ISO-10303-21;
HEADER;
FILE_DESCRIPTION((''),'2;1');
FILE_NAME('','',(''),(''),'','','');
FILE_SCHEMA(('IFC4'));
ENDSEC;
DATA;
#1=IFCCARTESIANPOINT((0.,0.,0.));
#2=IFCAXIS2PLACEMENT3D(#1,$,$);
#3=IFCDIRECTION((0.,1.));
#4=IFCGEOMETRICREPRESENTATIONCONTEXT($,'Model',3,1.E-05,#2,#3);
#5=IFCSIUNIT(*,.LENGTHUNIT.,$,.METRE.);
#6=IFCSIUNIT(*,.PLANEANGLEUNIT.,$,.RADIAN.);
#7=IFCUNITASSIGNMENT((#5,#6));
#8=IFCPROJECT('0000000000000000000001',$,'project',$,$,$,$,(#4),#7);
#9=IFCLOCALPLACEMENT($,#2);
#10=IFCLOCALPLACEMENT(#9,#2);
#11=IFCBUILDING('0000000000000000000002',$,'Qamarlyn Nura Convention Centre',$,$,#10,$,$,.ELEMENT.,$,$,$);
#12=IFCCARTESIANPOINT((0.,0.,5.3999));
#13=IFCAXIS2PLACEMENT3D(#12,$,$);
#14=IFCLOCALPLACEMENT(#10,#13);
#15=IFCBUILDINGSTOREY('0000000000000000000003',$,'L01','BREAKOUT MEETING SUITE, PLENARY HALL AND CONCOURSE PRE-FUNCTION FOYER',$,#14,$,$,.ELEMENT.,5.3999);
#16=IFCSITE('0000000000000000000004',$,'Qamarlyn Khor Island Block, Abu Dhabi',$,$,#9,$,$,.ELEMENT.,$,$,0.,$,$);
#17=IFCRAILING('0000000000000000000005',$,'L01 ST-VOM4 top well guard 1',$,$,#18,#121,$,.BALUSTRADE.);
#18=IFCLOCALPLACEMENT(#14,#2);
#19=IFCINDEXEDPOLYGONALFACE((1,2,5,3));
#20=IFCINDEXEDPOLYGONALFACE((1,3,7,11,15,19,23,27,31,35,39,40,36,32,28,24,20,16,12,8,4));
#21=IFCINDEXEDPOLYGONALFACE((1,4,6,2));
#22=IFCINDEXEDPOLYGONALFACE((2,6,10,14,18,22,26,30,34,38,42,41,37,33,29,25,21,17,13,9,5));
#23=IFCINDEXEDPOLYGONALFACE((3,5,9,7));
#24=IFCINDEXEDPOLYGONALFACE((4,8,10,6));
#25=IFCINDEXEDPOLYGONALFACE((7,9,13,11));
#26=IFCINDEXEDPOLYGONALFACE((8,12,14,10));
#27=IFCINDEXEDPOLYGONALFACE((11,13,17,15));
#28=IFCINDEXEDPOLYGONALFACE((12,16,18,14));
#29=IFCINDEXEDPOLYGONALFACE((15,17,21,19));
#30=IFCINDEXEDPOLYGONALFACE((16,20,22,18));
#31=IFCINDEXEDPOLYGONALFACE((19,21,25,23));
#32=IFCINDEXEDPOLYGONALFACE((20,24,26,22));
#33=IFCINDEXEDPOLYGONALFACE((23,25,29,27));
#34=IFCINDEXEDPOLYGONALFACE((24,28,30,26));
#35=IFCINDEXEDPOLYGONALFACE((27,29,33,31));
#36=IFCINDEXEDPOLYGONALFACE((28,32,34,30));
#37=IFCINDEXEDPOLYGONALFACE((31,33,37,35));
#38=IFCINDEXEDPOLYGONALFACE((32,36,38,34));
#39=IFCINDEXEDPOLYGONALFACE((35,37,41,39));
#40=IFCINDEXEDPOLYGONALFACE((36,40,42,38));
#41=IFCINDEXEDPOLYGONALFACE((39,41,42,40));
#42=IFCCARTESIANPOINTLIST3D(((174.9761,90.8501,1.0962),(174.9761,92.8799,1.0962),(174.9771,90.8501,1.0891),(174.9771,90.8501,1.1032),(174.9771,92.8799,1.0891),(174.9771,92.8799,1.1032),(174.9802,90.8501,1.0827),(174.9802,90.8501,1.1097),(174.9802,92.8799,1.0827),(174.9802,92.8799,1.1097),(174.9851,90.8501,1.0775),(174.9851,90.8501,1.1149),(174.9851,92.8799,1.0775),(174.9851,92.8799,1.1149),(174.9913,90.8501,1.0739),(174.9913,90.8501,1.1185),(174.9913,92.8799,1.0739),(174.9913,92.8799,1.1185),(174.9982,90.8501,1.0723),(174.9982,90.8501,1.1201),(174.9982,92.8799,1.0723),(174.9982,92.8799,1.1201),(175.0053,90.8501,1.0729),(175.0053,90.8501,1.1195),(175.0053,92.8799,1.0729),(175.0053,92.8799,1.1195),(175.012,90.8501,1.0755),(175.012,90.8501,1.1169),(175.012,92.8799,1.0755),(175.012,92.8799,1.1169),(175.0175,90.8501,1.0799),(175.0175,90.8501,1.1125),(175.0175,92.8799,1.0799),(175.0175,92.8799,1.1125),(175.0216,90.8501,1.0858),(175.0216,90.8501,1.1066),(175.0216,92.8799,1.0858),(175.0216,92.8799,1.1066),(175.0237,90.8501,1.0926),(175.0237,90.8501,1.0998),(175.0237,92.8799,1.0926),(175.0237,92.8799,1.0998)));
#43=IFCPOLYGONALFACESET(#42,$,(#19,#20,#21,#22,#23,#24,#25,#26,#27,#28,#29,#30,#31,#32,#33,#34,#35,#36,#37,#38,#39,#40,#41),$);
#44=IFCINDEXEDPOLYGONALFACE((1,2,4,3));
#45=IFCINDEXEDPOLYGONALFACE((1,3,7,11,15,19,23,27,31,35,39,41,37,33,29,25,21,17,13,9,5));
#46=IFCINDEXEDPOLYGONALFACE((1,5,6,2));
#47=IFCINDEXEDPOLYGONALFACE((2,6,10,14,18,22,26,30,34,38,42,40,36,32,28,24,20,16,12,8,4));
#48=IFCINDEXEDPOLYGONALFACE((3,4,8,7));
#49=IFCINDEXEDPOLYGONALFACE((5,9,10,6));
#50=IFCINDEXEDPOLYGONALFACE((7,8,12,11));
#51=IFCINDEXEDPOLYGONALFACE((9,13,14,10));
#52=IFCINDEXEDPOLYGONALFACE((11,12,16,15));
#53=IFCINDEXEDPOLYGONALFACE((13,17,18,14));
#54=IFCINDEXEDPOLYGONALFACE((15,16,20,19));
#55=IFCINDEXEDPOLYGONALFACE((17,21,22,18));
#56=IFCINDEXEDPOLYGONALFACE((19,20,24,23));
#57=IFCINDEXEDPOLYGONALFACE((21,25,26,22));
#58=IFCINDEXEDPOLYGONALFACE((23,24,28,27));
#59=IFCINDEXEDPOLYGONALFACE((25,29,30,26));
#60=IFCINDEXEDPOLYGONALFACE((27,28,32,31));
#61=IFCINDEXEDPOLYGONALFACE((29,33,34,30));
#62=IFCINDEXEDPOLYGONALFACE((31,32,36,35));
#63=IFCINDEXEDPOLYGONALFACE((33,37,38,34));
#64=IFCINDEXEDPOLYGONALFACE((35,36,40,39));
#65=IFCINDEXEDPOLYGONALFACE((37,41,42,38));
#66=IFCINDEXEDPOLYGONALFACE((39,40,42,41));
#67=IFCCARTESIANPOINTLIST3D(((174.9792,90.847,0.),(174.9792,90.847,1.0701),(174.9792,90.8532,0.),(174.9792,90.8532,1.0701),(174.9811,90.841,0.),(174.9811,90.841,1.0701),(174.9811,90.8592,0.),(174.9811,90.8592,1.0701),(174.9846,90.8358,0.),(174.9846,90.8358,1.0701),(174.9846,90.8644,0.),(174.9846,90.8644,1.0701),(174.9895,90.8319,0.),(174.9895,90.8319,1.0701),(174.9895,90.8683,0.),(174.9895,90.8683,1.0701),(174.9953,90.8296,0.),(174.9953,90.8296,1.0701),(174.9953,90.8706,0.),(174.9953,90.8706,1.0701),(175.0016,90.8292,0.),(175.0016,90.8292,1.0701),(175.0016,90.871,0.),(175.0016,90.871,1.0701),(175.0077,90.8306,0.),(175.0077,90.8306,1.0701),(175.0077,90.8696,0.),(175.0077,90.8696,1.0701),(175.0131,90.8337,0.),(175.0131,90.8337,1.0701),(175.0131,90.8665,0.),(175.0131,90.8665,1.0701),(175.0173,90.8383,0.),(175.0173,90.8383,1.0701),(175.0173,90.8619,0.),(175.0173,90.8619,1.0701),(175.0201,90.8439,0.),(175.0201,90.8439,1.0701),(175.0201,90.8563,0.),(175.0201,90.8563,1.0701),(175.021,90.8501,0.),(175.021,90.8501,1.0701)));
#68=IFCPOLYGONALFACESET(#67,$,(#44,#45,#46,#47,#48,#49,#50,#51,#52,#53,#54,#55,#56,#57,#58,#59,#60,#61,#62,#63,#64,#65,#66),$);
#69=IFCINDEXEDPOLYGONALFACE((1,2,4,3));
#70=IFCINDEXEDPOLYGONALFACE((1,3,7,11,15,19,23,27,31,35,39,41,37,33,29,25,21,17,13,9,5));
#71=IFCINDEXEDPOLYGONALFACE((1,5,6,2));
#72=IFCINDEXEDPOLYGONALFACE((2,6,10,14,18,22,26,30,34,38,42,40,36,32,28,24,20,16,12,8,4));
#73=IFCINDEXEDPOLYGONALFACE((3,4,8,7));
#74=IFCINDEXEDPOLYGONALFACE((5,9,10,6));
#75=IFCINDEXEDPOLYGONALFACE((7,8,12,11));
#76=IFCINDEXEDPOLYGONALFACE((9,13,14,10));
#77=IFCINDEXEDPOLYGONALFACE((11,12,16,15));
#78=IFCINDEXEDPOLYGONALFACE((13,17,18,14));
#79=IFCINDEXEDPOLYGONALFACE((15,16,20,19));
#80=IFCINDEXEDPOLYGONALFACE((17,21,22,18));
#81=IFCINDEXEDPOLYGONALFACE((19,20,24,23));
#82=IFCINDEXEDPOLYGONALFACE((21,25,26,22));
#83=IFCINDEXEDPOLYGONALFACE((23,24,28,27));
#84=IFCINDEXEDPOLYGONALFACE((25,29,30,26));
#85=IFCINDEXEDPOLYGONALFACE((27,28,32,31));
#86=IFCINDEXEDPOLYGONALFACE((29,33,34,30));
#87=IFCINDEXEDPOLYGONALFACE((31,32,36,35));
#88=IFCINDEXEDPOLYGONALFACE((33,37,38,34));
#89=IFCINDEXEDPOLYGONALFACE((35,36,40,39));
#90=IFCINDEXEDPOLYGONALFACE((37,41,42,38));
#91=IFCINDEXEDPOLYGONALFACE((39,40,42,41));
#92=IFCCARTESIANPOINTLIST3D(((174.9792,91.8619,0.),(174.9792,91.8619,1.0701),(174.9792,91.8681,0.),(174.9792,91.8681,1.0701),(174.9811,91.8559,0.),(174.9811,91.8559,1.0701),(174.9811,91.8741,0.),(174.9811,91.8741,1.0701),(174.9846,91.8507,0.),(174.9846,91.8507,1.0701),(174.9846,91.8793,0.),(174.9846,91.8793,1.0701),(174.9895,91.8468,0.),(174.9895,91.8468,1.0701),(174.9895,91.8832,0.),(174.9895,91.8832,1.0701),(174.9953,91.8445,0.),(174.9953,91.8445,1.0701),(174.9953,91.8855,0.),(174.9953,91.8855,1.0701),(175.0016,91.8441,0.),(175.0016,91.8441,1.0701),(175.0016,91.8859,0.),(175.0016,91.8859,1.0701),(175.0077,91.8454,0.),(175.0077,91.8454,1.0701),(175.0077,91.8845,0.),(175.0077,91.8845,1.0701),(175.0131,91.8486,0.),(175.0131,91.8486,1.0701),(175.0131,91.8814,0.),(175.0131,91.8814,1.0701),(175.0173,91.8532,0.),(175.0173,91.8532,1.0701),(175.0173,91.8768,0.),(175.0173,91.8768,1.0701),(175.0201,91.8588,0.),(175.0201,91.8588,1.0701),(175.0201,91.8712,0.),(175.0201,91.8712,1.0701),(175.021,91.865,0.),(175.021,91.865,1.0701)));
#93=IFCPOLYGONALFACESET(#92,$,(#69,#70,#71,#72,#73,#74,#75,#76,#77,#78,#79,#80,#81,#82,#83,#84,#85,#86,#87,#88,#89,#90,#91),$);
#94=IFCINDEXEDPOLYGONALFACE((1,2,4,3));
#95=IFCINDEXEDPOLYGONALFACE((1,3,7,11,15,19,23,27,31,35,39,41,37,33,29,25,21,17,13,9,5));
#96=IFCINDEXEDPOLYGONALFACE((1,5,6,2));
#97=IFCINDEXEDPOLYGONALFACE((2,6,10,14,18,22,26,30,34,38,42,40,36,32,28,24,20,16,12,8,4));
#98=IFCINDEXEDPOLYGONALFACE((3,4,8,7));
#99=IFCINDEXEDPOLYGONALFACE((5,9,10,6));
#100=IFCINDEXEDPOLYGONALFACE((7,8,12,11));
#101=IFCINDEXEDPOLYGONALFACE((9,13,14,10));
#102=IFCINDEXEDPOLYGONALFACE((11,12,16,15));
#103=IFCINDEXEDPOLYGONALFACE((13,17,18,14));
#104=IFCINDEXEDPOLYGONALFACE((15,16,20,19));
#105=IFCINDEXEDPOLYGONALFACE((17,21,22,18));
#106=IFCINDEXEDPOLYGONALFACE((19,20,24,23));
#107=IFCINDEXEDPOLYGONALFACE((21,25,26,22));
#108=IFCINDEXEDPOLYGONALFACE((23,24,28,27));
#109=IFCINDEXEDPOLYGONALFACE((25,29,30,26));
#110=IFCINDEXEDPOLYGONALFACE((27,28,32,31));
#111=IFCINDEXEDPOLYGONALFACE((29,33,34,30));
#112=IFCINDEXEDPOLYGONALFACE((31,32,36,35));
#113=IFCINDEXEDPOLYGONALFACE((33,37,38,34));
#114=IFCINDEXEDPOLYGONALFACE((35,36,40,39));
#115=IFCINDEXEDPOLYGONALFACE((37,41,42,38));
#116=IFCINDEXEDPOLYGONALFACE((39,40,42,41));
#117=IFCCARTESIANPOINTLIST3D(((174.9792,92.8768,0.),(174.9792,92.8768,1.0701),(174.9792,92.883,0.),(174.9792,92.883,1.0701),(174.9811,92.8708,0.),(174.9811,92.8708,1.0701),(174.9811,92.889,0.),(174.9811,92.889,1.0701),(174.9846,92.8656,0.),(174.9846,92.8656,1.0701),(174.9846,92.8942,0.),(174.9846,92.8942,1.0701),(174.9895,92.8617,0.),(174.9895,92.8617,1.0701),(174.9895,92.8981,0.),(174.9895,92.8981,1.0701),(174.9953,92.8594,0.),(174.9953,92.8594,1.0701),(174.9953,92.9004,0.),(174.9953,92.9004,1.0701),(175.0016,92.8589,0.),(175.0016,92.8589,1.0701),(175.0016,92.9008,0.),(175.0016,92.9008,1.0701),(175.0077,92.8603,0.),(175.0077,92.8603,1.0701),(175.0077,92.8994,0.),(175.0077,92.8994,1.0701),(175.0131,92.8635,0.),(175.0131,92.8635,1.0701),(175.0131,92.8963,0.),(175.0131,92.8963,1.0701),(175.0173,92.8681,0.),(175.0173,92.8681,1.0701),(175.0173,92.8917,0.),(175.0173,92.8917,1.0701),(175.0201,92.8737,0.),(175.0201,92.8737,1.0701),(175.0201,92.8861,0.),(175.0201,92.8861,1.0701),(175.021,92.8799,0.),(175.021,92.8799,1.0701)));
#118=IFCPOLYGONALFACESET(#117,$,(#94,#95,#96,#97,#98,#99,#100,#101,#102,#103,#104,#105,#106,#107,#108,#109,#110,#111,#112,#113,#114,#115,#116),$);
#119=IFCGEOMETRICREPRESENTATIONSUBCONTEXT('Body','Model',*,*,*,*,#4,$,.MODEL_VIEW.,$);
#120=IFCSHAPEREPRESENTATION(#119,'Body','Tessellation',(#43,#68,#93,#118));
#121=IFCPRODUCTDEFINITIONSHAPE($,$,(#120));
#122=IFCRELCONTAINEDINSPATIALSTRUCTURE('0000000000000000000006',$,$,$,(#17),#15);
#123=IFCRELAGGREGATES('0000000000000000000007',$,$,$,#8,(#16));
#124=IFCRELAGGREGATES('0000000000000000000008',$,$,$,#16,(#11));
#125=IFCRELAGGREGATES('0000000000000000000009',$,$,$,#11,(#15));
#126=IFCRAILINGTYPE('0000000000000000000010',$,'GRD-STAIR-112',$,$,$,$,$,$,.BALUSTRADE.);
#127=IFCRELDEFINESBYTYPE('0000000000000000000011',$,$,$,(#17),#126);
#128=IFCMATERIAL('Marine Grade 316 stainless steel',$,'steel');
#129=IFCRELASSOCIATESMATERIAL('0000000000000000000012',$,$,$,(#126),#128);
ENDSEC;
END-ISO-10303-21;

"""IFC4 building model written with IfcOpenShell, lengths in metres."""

from ifc_helpers import new_model, si_unit, direction, frame, origin, origin_2d, place, context, subcontext, project, spatial, circle, extrude, material, type_object, element, save


model = new_model("IFC4")

# Units and contexts
model_context = context("Model", 3, precision=1e-05, world=origin(), true_north=direction((0.0, 1.0)))
body_context = subcontext(model_context, "Body", "Model", "MODEL_VIEW")
ifc_project = project(units=[si_unit("LENGTHUNIT", "METRE"), si_unit("PLANEANGLEUNIT", "RADIAN")], contexts=[model_context])

# Site, building, storey
site_placement = place(None, origin())
site = spatial("IfcSite", under=ifc_project, at=site_placement, Name="Qamarlyn Khor Island Block, Abu Dhabi", CompositionType="ELEMENT", RefElevation=0.0)
building_placement = place(site_placement, origin())
building = spatial("IfcBuilding", under=site, at=building_placement, Name="Qamarlyn Nura Convention Centre", CompositionType="ELEMENT")
storey_placement = place(building_placement, frame((0.0, 0.0, 5.3999)))
storey = spatial("IfcBuildingStorey", under=building, at=storey_placement, Name="L01", Description="BREAKOUT MEETING SUITE, PLENARY HALL AND CONCOURSE PRE-FUNCTION FOYER", CompositionType="ELEMENT", Elevation=5.3999)

# Railing
ifc_material_1 = material(Name="Marine Grade 316 stainless steel", Category="steel")
railing_type_1 = type_object("IfcRailingType", Name="GRD-STAIR-112", PredefinedType="BALUSTRADE", material=ifc_material_1)
railing_1_placement = place(storey_placement, frame((175.0, 90.8501, 0.0)))
element("IfcRailing", 1, at=railing_1_placement, inside=storey, type_object=railing_type_1, Name="L01 ST-VOM4 top well guard 1", PredefinedType="BALUSTRADE", context=body_context, shape_type="SweptSolid", body=[
    extrude(circle(Radius=0.0239, at=origin_2d()), frame((0.0, 0.0, 1.0962), z_axis=(0.0, 1.0, 0.0), x_axis=(-1.0, 0.0, 0.0)), (0.0, 0.0, 1.0), 2.0298),
    extrude(circle(Radius=0.021, at=origin_2d()), origin(), (0.0, 0.0, 1.0), 1.0701),
    extrude(circle(Radius=0.021, at=origin_2d()), frame((0.0, 1.0149, 0.0)), (0.0, 0.0, 1.0), 1.0701),
    extrude(circle(Radius=0.021, at=origin_2d()), frame((0.0, 2.0298, 0.0)), (0.0, 0.0, 1.0), 1.0701),
])

save(model, "model.ifc")
